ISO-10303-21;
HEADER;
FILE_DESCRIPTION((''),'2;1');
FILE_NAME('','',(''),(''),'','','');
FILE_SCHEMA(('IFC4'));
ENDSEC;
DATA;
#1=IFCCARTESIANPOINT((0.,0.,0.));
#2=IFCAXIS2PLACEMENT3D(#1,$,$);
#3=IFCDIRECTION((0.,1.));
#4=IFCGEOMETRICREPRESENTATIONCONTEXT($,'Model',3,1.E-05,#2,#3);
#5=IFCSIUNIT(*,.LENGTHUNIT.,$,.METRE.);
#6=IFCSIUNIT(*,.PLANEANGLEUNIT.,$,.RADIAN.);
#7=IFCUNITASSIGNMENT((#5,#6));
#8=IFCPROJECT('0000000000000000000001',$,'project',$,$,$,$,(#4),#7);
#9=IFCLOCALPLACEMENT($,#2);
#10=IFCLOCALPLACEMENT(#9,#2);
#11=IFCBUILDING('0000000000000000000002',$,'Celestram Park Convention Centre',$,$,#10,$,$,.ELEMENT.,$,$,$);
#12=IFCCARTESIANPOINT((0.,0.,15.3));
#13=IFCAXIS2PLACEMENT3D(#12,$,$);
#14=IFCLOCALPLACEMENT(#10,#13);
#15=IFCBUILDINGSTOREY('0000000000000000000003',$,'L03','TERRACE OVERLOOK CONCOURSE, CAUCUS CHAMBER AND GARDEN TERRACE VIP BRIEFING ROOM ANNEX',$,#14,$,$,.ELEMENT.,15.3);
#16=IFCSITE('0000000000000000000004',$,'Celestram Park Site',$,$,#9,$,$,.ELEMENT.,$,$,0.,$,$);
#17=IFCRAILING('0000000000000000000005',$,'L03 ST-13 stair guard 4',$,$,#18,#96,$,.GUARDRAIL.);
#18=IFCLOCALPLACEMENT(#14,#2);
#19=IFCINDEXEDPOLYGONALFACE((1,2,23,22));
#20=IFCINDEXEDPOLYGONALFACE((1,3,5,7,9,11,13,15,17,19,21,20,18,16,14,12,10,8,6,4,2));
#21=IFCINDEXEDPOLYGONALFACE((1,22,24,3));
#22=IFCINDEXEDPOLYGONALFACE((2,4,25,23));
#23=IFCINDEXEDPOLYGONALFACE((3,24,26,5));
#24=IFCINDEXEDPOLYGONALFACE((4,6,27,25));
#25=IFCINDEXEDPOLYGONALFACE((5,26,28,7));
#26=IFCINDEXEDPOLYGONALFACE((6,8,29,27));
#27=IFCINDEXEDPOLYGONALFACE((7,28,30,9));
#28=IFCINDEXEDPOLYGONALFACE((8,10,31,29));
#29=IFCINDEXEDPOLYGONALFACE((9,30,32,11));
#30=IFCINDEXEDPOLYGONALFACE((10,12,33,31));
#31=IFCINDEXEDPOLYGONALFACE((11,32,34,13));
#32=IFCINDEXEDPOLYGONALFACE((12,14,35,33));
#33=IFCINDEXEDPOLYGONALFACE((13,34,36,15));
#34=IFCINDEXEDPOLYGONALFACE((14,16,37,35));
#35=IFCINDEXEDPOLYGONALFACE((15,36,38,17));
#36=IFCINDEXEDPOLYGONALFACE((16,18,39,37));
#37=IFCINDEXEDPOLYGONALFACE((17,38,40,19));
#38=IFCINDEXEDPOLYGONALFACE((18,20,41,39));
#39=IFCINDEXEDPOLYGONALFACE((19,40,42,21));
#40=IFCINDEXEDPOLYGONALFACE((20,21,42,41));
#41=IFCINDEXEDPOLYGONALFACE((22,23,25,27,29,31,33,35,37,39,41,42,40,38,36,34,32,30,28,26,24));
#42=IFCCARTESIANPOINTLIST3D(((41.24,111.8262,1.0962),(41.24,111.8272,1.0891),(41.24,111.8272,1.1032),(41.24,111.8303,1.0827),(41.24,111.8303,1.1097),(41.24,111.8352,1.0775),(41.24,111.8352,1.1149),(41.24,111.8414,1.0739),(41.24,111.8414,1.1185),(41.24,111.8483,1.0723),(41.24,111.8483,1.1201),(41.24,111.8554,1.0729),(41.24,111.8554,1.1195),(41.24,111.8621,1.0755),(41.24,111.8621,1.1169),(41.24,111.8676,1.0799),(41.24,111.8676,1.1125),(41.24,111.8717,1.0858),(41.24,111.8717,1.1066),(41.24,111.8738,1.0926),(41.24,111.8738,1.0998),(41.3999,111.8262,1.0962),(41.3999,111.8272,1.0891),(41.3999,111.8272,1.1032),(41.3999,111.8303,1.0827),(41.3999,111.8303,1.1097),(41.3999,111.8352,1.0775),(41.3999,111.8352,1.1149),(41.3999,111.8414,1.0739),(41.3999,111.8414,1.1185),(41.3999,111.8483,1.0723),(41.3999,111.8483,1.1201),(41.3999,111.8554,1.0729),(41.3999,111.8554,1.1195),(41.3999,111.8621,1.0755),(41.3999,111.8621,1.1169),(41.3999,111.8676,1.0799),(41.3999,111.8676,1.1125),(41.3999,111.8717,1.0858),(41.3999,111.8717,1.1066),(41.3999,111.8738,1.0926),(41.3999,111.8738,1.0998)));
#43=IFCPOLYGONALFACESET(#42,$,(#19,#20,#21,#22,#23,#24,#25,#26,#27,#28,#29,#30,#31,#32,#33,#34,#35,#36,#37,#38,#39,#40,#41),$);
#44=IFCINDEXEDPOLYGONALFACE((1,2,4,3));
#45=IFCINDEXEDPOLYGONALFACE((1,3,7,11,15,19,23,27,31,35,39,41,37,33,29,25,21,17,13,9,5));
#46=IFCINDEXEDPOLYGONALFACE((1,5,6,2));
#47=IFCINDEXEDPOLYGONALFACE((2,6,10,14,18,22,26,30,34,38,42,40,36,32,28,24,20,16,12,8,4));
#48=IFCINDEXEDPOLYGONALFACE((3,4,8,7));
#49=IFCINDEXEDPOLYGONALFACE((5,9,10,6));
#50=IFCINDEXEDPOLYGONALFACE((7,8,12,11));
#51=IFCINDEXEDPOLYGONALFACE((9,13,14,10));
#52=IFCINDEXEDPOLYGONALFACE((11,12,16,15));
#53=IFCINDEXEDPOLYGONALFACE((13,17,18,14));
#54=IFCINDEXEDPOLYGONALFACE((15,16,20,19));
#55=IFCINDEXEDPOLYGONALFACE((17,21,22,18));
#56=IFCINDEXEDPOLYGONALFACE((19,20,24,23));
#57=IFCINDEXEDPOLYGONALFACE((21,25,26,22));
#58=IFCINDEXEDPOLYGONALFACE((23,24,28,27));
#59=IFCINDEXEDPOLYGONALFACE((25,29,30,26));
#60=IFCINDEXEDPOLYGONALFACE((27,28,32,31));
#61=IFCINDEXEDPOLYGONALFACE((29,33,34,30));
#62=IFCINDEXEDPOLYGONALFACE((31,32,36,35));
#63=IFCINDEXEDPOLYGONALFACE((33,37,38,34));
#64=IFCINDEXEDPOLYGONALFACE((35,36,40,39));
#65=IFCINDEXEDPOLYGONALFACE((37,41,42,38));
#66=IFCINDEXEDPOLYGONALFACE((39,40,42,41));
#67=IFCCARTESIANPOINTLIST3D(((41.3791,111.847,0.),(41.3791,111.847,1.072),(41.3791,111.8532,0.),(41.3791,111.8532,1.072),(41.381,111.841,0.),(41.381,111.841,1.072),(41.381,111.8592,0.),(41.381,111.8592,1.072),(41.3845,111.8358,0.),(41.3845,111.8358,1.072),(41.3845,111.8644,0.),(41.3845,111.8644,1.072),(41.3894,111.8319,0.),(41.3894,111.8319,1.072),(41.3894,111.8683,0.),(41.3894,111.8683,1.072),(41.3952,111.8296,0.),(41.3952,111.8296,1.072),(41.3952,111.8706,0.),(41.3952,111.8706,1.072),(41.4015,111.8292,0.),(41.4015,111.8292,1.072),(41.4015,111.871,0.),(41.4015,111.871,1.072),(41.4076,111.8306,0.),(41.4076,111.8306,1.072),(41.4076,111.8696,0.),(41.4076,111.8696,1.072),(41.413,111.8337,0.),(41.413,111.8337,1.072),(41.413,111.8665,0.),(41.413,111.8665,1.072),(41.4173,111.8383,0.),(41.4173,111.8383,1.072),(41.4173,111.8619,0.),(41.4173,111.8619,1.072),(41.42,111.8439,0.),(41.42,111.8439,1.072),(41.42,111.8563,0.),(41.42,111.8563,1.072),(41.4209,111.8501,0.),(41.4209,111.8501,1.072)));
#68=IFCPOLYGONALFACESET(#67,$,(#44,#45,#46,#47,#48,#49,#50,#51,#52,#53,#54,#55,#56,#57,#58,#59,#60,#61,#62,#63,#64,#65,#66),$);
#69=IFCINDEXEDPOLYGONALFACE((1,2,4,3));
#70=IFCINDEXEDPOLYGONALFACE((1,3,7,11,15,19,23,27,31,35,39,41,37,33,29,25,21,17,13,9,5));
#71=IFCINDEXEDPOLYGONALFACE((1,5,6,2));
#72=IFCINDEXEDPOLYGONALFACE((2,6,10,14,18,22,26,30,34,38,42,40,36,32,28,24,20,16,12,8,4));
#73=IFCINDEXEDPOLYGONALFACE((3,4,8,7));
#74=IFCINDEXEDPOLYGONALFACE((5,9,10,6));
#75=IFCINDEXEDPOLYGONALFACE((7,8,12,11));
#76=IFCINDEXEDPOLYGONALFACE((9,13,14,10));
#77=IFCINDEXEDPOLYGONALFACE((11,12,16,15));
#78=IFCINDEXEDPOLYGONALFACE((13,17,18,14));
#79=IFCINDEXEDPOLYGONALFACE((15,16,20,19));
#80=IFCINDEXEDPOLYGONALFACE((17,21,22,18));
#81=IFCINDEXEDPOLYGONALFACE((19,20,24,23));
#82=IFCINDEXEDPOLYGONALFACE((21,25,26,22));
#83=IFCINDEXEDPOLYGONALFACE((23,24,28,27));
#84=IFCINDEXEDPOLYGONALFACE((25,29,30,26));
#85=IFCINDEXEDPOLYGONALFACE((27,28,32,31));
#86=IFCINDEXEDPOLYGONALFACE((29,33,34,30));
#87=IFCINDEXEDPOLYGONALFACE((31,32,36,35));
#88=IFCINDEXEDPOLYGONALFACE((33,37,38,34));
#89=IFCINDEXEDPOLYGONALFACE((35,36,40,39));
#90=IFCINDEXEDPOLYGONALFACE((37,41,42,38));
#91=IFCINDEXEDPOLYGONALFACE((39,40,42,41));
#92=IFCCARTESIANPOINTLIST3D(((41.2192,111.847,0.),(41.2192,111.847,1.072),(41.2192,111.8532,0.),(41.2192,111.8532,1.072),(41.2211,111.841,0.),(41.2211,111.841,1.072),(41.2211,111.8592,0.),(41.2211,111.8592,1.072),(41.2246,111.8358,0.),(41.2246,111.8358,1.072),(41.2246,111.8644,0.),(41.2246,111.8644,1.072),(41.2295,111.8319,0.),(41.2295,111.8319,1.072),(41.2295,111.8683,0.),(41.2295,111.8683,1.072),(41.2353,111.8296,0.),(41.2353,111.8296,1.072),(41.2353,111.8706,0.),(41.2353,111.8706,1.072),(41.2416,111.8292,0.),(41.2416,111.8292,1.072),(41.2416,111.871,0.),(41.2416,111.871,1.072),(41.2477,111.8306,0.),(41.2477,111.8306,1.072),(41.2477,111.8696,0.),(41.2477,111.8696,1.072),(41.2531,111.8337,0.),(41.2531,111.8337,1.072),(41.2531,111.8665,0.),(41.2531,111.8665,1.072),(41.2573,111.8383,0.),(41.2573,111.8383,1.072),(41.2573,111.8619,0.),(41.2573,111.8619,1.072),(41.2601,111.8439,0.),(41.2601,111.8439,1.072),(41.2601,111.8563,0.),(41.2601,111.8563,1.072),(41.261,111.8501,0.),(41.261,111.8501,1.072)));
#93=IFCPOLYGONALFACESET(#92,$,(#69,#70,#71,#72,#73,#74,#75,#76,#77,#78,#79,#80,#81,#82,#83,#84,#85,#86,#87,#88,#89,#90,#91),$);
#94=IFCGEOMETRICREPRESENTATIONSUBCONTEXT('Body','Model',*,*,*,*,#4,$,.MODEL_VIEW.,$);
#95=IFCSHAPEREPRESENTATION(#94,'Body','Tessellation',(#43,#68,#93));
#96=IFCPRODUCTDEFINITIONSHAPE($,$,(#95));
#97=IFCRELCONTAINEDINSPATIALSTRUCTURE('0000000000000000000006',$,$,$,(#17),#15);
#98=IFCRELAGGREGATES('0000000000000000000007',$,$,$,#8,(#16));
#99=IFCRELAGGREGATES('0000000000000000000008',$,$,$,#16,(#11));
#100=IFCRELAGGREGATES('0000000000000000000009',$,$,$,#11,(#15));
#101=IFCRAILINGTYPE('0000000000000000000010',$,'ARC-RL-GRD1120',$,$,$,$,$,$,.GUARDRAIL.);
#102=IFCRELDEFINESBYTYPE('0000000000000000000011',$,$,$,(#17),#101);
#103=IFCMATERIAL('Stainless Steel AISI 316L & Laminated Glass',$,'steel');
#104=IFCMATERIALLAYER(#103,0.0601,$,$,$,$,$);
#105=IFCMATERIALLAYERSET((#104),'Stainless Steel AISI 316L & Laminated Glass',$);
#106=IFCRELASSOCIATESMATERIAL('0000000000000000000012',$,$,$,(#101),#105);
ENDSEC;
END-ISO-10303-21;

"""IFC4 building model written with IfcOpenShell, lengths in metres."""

from ifc_helpers import new_model, si_unit, direction, frame, origin, origin_2d, place, context, subcontext, project, spatial, circle, extrude, material, layer, layer_set, type_object, element, save


model = new_model("IFC4")

# Units and contexts
model_context = context("Model", 3, precision=1e-05, world=origin(), true_north=direction((0.0, 1.0)))
body_context = subcontext(model_context, "Body", "Model", "MODEL_VIEW")
ifc_project = project(units=[si_unit("LENGTHUNIT", "METRE"), si_unit("PLANEANGLEUNIT", "RADIAN")], contexts=[model_context])

# Site, building, storey
site_placement = place(None, origin())
site = spatial("IfcSite", under=ifc_project, at=site_placement, Name="Celestram Park Site", CompositionType="ELEMENT", RefElevation=0.0)
building_placement = place(site_placement, origin())
building = spatial("IfcBuilding", under=site, at=building_placement, Name="Celestram Park Convention Centre", CompositionType="ELEMENT")
storey_placement = place(building_placement, frame((0.0, 0.0, 15.3)))
storey = spatial("IfcBuildingStorey", under=building, at=storey_placement, Name="L03", Description="TERRACE OVERLOOK CONCOURSE, CAUCUS CHAMBER AND GARDEN TERRACE VIP BRIEFING ROOM ANNEX", CompositionType="ELEMENT", Elevation=15.3)

# Railing
ifc_material_1 = material(Name="Stainless Steel AISI 316L & Laminated Glass", Category="steel")
ifc_layer_1 = layer(ifc_material_1, 0.0601)
ifc_layer_set_1 = layer_set([ifc_layer_1], Name="Stainless Steel AISI 316L & Laminated Glass")
railing_type_1 = type_object("IfcRailingType", Name="ARC-RL-GRD1120", PredefinedType="GUARDRAIL", material=ifc_layer_set_1)
railing_1_placement = place(storey_placement, frame((41.3999, 111.8501, 0.0)))
element("IfcRailing", 1, at=railing_1_placement, inside=storey, type_object=railing_type_1, Name="L03 ST-13 stair guard 4", PredefinedType="GUARDRAIL", context=body_context, shape_type="SweptSolid", body=[
    extrude(circle(Radius=0.0239, at=origin_2d()), frame((0.0, 0.0, 1.0962), z_axis=(-1.0, 0.0, 0.0), x_axis=(0.0, -1.0, 0.0)), (0.0, 0.0, 1.0), 0.1599),
    extrude(circle(Radius=0.021, at=origin_2d()), origin(), (0.0, 0.0, 1.0), 1.072),
    extrude(circle(Radius=0.021, at=origin_2d()), frame((-0.1599, 0.0, 0.0)), (0.0, 0.0, 1.0), 1.072),
])

save(model, "model.ifc")
